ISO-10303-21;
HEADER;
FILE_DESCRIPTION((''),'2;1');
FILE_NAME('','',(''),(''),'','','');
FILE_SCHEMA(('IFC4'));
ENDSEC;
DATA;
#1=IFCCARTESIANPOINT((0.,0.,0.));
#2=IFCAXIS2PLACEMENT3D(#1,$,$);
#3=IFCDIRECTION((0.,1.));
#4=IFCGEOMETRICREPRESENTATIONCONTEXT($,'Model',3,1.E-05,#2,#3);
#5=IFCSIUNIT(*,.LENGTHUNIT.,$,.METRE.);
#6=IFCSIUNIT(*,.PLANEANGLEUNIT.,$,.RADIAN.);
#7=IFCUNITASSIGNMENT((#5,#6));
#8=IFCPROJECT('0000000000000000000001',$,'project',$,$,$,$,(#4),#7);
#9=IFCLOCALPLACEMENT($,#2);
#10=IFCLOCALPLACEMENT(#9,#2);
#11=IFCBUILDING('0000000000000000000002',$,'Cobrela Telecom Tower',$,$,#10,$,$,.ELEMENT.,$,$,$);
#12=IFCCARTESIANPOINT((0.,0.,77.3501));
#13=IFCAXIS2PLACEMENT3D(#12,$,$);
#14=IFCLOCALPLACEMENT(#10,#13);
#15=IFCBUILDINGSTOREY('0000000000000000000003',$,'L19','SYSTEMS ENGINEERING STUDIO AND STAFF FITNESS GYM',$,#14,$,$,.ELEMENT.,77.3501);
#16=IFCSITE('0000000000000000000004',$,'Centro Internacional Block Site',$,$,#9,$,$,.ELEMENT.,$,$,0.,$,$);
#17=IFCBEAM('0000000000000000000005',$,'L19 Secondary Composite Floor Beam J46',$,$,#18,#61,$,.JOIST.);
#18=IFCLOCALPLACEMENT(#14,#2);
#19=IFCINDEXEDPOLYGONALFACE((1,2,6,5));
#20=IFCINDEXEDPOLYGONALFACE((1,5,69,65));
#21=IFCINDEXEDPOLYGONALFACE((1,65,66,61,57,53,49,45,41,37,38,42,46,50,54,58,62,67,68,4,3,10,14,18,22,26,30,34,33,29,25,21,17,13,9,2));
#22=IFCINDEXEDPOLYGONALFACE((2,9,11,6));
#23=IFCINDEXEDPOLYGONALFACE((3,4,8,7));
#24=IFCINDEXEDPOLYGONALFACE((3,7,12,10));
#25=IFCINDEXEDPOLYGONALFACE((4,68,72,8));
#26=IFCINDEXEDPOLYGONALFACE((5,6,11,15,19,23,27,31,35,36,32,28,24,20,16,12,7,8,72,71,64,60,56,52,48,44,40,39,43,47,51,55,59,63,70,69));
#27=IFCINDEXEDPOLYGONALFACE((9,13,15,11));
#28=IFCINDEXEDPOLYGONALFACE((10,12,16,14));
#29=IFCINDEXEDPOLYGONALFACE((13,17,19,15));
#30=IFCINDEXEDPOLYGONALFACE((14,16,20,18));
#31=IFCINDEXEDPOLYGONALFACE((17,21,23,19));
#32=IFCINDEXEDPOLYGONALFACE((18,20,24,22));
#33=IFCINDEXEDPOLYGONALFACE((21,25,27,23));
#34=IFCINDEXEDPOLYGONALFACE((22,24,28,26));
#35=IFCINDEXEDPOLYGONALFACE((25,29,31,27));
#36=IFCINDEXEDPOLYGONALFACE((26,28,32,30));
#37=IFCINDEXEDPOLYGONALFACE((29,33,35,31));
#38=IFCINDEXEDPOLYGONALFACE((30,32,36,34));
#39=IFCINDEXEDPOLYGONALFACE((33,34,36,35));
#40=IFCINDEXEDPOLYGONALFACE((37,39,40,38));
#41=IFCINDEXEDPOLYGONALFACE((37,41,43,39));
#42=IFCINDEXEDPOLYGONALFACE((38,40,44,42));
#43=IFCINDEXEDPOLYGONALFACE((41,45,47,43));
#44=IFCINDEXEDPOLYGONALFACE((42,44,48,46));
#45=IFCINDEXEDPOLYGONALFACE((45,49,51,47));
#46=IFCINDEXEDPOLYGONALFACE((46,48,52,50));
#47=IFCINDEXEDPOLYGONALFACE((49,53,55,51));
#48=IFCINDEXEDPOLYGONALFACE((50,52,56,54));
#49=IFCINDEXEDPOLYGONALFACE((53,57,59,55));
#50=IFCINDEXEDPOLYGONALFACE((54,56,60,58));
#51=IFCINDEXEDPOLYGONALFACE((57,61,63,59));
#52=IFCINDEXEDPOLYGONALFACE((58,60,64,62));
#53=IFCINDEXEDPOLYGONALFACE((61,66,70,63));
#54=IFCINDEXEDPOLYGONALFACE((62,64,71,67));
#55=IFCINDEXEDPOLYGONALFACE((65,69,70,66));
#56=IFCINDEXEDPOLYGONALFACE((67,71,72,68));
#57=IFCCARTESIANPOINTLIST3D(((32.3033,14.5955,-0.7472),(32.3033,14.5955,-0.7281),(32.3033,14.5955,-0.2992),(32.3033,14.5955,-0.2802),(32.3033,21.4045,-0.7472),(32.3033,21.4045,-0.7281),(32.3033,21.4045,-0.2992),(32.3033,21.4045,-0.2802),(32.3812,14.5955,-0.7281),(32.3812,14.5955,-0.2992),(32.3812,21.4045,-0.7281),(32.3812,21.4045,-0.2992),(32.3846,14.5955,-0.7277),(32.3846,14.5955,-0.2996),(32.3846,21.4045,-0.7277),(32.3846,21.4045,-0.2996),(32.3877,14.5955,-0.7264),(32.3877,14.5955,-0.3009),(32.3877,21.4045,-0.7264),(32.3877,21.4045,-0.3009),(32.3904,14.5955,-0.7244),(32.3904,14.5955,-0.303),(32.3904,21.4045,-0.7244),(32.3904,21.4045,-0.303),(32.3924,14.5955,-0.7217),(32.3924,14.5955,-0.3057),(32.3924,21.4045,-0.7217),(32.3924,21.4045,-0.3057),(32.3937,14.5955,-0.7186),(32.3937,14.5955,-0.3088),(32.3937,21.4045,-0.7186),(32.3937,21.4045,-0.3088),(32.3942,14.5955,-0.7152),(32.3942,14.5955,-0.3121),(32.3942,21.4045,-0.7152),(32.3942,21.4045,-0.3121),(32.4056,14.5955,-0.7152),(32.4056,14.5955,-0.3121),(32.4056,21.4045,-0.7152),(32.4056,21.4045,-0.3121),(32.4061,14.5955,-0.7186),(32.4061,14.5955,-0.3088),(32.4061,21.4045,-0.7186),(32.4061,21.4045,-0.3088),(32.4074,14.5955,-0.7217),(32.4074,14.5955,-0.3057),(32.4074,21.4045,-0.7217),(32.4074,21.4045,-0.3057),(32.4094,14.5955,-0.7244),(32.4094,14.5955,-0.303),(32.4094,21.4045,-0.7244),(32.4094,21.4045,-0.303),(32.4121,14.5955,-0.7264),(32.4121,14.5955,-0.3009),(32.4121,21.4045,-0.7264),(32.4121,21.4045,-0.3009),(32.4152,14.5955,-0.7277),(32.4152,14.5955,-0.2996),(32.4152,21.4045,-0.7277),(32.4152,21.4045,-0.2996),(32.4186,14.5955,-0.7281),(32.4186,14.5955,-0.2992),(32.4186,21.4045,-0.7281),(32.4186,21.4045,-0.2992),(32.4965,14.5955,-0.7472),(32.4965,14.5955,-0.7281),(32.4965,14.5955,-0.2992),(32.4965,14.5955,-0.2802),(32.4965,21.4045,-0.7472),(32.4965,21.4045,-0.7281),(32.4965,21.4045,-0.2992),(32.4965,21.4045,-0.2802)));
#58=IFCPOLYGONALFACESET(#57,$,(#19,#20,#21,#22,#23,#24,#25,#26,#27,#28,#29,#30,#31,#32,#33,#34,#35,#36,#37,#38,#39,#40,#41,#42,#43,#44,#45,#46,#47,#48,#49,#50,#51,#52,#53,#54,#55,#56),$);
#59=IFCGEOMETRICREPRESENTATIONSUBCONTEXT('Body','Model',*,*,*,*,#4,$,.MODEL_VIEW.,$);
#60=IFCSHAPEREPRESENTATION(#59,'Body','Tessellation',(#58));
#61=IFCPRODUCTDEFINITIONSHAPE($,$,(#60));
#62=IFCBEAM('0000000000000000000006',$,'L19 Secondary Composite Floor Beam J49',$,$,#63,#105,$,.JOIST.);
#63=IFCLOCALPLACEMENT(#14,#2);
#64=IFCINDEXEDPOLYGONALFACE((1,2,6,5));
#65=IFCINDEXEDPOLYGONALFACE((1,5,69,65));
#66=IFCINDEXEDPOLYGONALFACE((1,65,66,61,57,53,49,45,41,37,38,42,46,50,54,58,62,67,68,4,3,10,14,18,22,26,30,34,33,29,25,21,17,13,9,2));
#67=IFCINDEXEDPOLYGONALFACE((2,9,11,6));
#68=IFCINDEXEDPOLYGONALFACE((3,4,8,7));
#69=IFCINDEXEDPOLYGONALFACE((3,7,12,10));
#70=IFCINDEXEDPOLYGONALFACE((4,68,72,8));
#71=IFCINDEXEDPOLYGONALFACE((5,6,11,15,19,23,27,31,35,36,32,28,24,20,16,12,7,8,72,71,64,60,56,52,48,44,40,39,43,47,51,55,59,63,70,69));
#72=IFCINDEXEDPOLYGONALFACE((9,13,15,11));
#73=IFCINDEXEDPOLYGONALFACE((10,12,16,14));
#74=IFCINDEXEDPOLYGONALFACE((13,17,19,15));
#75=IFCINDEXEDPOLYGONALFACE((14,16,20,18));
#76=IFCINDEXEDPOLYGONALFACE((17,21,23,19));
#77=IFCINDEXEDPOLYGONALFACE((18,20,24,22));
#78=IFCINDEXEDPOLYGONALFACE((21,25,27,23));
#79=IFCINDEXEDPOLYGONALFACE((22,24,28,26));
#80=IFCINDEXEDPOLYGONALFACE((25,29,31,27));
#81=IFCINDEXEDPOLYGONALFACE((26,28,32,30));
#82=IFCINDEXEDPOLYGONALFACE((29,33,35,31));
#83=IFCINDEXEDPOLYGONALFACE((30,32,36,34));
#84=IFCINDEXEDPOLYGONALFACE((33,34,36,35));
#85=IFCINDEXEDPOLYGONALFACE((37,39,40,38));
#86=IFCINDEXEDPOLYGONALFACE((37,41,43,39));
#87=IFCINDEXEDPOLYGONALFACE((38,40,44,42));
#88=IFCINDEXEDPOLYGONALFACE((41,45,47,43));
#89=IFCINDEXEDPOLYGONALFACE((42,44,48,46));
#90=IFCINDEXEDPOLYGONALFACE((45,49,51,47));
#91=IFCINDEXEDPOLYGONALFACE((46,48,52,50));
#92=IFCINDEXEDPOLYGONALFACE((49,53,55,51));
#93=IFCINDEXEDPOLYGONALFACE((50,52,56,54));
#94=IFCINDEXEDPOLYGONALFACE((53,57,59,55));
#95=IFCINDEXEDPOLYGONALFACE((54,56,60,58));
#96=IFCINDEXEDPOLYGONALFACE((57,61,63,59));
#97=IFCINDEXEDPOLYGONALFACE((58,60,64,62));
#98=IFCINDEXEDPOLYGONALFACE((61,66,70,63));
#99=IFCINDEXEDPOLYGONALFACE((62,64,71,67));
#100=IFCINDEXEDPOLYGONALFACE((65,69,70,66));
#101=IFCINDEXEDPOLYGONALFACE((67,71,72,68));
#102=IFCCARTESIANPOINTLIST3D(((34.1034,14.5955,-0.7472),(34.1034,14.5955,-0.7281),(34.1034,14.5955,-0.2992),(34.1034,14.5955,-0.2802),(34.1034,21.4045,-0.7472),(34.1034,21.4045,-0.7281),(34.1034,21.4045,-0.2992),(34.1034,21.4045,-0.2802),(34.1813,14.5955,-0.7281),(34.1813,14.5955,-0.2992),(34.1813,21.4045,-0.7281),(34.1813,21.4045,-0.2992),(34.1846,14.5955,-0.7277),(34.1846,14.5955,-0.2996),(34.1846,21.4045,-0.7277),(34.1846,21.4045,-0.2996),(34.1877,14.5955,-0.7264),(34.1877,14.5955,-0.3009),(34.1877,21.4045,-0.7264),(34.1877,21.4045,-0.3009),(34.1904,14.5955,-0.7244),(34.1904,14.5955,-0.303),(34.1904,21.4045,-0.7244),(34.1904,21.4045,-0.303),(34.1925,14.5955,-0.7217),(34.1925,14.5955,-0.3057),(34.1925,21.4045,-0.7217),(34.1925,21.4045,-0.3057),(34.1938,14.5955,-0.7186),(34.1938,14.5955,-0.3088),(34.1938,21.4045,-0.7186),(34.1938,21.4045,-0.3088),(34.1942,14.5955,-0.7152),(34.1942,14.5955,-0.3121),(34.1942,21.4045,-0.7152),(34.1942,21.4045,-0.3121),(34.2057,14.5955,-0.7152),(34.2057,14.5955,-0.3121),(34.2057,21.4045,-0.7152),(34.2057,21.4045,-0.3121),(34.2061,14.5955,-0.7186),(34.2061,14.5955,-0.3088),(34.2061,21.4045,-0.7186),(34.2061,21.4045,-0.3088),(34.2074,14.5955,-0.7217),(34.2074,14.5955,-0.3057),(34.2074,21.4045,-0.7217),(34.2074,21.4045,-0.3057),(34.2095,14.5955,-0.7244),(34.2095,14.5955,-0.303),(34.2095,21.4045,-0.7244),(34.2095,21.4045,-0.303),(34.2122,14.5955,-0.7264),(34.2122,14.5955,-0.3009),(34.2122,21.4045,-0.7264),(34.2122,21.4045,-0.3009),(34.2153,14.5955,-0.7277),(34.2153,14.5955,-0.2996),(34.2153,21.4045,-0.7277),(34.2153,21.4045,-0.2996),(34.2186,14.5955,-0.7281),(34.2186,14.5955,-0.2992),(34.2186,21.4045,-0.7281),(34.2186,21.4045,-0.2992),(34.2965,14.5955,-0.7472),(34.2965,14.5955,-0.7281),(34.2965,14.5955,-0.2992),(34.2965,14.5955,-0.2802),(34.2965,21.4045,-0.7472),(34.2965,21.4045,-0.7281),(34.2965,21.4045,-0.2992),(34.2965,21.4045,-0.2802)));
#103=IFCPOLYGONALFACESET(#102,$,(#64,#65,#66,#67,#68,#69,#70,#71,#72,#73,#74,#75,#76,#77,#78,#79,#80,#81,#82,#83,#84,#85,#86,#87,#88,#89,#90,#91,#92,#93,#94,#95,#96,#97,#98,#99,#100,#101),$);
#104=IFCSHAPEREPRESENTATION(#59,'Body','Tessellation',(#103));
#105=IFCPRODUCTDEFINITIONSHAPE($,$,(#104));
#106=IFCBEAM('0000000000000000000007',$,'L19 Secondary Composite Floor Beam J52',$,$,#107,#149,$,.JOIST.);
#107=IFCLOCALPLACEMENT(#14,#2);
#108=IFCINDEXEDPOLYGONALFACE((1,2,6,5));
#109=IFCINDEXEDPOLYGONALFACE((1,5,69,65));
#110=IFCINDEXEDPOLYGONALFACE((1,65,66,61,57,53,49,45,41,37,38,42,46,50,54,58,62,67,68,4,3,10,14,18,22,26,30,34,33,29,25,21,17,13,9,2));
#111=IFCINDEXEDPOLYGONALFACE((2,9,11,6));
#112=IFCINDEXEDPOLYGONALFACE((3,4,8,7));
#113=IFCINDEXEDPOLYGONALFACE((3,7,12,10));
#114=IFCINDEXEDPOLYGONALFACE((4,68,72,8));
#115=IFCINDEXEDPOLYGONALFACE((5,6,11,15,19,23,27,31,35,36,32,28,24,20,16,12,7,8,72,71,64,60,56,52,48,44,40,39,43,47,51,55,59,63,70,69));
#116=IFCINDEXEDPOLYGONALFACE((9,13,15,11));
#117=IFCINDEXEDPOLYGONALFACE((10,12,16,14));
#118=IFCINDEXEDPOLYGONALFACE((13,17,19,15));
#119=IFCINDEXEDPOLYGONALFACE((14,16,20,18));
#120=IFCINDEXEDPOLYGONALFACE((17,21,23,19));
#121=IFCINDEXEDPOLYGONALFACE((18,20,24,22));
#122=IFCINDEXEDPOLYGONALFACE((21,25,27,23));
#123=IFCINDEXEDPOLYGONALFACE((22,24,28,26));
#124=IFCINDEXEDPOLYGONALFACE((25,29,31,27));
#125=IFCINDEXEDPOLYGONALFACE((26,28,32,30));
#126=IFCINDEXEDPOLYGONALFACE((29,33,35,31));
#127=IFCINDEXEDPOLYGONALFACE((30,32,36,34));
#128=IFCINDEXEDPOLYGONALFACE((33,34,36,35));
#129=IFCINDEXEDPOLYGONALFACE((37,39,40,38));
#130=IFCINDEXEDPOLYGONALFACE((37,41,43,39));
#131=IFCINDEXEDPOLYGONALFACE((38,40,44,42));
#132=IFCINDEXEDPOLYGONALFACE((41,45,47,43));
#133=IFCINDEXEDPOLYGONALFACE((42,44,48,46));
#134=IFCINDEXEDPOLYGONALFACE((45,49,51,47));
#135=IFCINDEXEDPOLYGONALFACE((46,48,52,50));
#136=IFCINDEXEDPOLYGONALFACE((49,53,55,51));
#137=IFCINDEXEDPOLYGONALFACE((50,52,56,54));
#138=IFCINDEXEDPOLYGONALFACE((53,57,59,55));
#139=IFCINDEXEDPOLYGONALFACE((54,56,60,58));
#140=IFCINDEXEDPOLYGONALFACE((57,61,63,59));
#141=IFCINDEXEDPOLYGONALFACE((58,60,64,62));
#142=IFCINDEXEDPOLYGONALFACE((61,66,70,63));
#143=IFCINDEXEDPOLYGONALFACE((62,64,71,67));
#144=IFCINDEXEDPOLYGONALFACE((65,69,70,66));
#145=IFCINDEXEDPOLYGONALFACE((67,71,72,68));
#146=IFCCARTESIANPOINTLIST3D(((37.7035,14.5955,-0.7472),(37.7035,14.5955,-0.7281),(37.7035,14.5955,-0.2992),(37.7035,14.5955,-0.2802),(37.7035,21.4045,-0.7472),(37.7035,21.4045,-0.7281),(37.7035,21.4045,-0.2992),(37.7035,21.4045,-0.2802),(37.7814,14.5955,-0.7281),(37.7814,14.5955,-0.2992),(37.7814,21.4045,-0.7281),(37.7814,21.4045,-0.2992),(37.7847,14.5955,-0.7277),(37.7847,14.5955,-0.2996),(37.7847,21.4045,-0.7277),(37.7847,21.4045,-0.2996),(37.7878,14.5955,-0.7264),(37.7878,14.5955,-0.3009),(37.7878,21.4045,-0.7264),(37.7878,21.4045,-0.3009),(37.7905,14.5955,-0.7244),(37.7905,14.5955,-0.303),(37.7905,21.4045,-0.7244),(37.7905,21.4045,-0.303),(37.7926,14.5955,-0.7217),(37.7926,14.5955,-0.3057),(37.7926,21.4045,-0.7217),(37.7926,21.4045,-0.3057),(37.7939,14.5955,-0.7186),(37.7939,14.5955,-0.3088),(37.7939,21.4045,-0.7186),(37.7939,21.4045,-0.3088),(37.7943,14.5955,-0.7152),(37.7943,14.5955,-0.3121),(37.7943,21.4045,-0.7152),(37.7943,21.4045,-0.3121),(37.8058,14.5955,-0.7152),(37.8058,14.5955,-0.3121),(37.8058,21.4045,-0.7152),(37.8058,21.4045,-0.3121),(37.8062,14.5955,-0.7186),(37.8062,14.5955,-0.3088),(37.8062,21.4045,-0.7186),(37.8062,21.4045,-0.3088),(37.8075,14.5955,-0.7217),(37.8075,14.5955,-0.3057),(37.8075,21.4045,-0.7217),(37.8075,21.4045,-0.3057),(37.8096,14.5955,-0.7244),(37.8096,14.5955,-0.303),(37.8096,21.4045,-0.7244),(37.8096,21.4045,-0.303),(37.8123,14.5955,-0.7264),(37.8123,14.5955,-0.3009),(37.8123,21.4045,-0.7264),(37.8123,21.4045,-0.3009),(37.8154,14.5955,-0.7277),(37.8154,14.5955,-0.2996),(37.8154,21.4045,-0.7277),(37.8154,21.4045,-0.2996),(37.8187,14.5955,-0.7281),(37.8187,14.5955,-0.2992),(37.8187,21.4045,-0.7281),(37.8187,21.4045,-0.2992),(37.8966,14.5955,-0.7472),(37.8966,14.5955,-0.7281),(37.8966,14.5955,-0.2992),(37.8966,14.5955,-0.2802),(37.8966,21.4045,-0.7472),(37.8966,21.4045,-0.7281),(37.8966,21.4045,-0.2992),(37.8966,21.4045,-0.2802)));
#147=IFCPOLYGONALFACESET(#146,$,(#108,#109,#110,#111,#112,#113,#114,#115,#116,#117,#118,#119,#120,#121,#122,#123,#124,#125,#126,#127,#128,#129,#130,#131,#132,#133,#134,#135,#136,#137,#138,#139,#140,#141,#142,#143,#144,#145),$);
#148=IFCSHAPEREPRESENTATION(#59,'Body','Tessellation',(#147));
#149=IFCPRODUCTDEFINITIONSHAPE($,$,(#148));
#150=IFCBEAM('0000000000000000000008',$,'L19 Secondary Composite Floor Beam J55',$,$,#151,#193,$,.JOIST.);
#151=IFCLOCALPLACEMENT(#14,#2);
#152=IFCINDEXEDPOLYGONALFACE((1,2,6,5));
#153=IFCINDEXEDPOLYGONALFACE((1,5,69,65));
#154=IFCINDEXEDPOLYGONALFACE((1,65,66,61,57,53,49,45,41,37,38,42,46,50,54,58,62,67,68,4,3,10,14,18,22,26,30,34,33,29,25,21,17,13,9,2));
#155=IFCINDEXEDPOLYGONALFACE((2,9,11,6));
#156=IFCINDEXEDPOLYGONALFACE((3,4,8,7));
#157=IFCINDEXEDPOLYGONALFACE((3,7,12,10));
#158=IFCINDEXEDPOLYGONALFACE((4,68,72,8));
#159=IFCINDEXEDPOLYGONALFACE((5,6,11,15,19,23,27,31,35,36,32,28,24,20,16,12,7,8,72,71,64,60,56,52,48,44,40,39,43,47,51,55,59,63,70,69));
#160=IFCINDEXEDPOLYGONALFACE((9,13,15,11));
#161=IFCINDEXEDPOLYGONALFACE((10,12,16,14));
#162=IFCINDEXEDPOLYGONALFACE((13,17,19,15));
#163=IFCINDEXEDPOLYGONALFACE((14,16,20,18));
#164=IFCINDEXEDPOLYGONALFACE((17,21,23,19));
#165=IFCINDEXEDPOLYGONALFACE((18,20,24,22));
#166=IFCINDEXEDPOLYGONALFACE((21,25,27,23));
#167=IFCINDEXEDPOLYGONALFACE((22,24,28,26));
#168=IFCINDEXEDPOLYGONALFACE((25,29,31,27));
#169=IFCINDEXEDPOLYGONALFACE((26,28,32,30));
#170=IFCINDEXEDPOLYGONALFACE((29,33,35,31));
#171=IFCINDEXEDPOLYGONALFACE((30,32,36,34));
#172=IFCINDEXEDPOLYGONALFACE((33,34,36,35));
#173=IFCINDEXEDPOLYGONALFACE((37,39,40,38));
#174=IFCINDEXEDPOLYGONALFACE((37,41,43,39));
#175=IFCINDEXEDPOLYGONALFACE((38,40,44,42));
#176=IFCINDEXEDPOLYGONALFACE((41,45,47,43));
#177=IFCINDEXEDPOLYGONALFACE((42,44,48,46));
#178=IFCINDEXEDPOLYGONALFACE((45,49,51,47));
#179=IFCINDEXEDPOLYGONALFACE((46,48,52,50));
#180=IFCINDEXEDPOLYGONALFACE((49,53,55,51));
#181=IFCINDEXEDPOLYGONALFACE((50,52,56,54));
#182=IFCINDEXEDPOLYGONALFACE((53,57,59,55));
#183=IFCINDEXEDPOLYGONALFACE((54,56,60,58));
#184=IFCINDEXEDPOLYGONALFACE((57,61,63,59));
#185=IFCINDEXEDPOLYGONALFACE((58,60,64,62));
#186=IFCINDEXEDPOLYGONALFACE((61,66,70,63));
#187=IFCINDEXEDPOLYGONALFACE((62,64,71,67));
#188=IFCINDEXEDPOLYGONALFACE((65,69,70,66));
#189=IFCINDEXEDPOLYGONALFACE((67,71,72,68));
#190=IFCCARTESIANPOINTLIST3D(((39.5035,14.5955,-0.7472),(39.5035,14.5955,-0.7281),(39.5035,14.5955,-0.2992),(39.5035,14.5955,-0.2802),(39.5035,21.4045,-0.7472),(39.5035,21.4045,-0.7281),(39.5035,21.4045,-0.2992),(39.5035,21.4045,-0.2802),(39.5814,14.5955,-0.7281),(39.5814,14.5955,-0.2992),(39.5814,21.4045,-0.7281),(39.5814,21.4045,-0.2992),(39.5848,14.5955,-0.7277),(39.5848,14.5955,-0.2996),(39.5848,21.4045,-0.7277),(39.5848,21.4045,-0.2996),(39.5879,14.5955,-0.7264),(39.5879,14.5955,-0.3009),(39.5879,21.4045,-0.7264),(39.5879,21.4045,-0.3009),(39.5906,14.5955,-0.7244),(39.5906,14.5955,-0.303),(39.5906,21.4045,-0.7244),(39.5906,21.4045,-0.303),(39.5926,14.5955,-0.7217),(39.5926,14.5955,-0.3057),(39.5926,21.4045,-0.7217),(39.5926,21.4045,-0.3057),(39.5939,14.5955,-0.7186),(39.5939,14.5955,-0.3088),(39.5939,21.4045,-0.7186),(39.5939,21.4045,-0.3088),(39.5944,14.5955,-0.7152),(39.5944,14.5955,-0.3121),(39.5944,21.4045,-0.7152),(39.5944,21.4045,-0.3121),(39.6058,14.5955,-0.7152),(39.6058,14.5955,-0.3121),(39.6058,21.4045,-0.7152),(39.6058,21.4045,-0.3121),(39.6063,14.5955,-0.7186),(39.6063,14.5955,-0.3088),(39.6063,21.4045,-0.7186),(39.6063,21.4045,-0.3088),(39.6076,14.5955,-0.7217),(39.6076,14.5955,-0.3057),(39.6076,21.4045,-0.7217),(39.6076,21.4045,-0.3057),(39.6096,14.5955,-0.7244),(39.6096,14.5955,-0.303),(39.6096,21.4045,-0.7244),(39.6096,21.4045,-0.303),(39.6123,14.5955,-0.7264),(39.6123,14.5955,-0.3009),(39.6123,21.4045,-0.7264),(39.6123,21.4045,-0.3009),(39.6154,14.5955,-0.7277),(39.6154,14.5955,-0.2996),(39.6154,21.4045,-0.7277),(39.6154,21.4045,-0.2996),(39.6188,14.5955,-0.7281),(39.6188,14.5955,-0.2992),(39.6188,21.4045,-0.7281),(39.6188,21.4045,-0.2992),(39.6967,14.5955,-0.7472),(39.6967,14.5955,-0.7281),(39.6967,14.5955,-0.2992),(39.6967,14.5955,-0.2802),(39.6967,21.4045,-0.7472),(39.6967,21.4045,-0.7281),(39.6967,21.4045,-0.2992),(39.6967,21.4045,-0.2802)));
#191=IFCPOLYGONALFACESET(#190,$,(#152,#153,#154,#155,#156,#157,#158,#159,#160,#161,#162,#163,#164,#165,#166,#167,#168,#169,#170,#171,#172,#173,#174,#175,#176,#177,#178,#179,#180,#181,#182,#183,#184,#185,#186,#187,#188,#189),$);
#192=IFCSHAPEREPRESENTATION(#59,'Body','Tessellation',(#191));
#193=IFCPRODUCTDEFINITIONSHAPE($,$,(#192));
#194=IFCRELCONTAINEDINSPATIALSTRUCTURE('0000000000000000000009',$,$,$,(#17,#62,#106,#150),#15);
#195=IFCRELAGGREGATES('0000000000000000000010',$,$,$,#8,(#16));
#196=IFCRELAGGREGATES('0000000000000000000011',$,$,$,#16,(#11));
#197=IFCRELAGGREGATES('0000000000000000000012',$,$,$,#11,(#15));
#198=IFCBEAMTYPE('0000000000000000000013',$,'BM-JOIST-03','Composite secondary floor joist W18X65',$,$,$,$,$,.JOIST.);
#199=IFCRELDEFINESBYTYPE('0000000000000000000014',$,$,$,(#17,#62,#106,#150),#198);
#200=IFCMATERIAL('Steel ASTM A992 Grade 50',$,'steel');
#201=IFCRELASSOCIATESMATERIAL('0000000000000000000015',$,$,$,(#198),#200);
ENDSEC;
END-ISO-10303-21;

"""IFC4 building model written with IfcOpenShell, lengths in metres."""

from ifc_helpers import new_model, si_unit, direction, frame, origin, origin_2d, place, context, subcontext, project, spatial, i_section, extrude, material, material_profile, profile_set, type_object, element, save


model = new_model("IFC4")

# Units and contexts
model_context = context("Model", 3, precision=1e-05, world=origin(), true_north=direction((0.0, 1.0)))
body_context = subcontext(model_context, "Body", "Model", "MODEL_VIEW")
ifc_project = project(units=[si_unit("LENGTHUNIT", "METRE"), si_unit("PLANEANGLEUNIT", "RADIAN")], contexts=[model_context])

# Site, building, storey
site_placement = place(None, origin())
site = spatial("IfcSite", under=ifc_project, at=site_placement, Name="Centro Internacional Block Site", CompositionType="ELEMENT", RefElevation=0.0)
building_placement = place(site_placement, origin())
building = spatial("IfcBuilding", under=site, at=building_placement, Name="Cobrela Telecom Tower", CompositionType="ELEMENT")
storey_placement = place(building_placement, frame((0.0, 0.0, 77.3501)))
storey = spatial("IfcBuildingStorey", under=building, at=storey_placement, Name="L19", Description="SYSTEMS ENGINEERING STUDIO AND STAFF FITNESS GYM", CompositionType="ELEMENT", Elevation=77.3501)

# Shared definitions
ifc_material_1 = material(Name="Steel ASTM A992 Grade 50", Category="steel")

# Beams
ifc_material_profile_1 = material_profile(ifc_material_1, i_section(OverallWidth=0.1931, OverallDepth=0.467, WebThickness=0.0115, FlangeThickness=0.019, FilletRadius=0.0129, at=origin_2d()), Name="W18X65")
ifc_profile_set_1 = profile_set([ifc_material_profile_1], Name="Steel ASTM A992 Grade 50")
beam_type_1 = type_object("IfcBeamType", Name="BM-JOIST-03", Description="Composite secondary floor joist W18X65", PredefinedType="JOIST", material=ifc_profile_set_1)
for number, where, z_axis, x_axis, name in (
    (1, (32.3999, 14.5955, -0.5137), (0.0, 1.0, 0.0), (-1.0, 0.0, 0.0), "L19 Secondary Composite Floor Beam J46"),
    (2, (34.2, 14.5955, -0.5137), (0.0, 1.0, 0.0), (-1.0, 0.0, 0.0), "L19 Secondary Composite Floor Beam J49"),
    (3, (37.8, 14.5955, -0.5137), (0.0, 1.0, 0.0), (-1.0, 0.0, 0.0), "L19 Secondary Composite Floor Beam J52"),
    (4, (39.6001, 14.5955, -0.5137), (0.0, 1.0, 0.0), (-1.0, 0.0, 0.0), "L19 Secondary Composite Floor Beam J55"),
):
    element("IfcBeam", number, at=place(storey_placement, frame(where, z_axis=z_axis, x_axis=x_axis)), inside=storey, type_object=beam_type_1, Name=name, PredefinedType="JOIST", context=body_context, shape_type="SweptSolid", body=[
        extrude(i_section(OverallWidth=0.1931, OverallDepth=0.467, WebThickness=0.0115, FlangeThickness=0.019, FilletRadius=0.0129, at=origin_2d()), origin(), (0.0, 0.0, 1.0), 6.8091),
    ])

save(model, "model.ifc")
